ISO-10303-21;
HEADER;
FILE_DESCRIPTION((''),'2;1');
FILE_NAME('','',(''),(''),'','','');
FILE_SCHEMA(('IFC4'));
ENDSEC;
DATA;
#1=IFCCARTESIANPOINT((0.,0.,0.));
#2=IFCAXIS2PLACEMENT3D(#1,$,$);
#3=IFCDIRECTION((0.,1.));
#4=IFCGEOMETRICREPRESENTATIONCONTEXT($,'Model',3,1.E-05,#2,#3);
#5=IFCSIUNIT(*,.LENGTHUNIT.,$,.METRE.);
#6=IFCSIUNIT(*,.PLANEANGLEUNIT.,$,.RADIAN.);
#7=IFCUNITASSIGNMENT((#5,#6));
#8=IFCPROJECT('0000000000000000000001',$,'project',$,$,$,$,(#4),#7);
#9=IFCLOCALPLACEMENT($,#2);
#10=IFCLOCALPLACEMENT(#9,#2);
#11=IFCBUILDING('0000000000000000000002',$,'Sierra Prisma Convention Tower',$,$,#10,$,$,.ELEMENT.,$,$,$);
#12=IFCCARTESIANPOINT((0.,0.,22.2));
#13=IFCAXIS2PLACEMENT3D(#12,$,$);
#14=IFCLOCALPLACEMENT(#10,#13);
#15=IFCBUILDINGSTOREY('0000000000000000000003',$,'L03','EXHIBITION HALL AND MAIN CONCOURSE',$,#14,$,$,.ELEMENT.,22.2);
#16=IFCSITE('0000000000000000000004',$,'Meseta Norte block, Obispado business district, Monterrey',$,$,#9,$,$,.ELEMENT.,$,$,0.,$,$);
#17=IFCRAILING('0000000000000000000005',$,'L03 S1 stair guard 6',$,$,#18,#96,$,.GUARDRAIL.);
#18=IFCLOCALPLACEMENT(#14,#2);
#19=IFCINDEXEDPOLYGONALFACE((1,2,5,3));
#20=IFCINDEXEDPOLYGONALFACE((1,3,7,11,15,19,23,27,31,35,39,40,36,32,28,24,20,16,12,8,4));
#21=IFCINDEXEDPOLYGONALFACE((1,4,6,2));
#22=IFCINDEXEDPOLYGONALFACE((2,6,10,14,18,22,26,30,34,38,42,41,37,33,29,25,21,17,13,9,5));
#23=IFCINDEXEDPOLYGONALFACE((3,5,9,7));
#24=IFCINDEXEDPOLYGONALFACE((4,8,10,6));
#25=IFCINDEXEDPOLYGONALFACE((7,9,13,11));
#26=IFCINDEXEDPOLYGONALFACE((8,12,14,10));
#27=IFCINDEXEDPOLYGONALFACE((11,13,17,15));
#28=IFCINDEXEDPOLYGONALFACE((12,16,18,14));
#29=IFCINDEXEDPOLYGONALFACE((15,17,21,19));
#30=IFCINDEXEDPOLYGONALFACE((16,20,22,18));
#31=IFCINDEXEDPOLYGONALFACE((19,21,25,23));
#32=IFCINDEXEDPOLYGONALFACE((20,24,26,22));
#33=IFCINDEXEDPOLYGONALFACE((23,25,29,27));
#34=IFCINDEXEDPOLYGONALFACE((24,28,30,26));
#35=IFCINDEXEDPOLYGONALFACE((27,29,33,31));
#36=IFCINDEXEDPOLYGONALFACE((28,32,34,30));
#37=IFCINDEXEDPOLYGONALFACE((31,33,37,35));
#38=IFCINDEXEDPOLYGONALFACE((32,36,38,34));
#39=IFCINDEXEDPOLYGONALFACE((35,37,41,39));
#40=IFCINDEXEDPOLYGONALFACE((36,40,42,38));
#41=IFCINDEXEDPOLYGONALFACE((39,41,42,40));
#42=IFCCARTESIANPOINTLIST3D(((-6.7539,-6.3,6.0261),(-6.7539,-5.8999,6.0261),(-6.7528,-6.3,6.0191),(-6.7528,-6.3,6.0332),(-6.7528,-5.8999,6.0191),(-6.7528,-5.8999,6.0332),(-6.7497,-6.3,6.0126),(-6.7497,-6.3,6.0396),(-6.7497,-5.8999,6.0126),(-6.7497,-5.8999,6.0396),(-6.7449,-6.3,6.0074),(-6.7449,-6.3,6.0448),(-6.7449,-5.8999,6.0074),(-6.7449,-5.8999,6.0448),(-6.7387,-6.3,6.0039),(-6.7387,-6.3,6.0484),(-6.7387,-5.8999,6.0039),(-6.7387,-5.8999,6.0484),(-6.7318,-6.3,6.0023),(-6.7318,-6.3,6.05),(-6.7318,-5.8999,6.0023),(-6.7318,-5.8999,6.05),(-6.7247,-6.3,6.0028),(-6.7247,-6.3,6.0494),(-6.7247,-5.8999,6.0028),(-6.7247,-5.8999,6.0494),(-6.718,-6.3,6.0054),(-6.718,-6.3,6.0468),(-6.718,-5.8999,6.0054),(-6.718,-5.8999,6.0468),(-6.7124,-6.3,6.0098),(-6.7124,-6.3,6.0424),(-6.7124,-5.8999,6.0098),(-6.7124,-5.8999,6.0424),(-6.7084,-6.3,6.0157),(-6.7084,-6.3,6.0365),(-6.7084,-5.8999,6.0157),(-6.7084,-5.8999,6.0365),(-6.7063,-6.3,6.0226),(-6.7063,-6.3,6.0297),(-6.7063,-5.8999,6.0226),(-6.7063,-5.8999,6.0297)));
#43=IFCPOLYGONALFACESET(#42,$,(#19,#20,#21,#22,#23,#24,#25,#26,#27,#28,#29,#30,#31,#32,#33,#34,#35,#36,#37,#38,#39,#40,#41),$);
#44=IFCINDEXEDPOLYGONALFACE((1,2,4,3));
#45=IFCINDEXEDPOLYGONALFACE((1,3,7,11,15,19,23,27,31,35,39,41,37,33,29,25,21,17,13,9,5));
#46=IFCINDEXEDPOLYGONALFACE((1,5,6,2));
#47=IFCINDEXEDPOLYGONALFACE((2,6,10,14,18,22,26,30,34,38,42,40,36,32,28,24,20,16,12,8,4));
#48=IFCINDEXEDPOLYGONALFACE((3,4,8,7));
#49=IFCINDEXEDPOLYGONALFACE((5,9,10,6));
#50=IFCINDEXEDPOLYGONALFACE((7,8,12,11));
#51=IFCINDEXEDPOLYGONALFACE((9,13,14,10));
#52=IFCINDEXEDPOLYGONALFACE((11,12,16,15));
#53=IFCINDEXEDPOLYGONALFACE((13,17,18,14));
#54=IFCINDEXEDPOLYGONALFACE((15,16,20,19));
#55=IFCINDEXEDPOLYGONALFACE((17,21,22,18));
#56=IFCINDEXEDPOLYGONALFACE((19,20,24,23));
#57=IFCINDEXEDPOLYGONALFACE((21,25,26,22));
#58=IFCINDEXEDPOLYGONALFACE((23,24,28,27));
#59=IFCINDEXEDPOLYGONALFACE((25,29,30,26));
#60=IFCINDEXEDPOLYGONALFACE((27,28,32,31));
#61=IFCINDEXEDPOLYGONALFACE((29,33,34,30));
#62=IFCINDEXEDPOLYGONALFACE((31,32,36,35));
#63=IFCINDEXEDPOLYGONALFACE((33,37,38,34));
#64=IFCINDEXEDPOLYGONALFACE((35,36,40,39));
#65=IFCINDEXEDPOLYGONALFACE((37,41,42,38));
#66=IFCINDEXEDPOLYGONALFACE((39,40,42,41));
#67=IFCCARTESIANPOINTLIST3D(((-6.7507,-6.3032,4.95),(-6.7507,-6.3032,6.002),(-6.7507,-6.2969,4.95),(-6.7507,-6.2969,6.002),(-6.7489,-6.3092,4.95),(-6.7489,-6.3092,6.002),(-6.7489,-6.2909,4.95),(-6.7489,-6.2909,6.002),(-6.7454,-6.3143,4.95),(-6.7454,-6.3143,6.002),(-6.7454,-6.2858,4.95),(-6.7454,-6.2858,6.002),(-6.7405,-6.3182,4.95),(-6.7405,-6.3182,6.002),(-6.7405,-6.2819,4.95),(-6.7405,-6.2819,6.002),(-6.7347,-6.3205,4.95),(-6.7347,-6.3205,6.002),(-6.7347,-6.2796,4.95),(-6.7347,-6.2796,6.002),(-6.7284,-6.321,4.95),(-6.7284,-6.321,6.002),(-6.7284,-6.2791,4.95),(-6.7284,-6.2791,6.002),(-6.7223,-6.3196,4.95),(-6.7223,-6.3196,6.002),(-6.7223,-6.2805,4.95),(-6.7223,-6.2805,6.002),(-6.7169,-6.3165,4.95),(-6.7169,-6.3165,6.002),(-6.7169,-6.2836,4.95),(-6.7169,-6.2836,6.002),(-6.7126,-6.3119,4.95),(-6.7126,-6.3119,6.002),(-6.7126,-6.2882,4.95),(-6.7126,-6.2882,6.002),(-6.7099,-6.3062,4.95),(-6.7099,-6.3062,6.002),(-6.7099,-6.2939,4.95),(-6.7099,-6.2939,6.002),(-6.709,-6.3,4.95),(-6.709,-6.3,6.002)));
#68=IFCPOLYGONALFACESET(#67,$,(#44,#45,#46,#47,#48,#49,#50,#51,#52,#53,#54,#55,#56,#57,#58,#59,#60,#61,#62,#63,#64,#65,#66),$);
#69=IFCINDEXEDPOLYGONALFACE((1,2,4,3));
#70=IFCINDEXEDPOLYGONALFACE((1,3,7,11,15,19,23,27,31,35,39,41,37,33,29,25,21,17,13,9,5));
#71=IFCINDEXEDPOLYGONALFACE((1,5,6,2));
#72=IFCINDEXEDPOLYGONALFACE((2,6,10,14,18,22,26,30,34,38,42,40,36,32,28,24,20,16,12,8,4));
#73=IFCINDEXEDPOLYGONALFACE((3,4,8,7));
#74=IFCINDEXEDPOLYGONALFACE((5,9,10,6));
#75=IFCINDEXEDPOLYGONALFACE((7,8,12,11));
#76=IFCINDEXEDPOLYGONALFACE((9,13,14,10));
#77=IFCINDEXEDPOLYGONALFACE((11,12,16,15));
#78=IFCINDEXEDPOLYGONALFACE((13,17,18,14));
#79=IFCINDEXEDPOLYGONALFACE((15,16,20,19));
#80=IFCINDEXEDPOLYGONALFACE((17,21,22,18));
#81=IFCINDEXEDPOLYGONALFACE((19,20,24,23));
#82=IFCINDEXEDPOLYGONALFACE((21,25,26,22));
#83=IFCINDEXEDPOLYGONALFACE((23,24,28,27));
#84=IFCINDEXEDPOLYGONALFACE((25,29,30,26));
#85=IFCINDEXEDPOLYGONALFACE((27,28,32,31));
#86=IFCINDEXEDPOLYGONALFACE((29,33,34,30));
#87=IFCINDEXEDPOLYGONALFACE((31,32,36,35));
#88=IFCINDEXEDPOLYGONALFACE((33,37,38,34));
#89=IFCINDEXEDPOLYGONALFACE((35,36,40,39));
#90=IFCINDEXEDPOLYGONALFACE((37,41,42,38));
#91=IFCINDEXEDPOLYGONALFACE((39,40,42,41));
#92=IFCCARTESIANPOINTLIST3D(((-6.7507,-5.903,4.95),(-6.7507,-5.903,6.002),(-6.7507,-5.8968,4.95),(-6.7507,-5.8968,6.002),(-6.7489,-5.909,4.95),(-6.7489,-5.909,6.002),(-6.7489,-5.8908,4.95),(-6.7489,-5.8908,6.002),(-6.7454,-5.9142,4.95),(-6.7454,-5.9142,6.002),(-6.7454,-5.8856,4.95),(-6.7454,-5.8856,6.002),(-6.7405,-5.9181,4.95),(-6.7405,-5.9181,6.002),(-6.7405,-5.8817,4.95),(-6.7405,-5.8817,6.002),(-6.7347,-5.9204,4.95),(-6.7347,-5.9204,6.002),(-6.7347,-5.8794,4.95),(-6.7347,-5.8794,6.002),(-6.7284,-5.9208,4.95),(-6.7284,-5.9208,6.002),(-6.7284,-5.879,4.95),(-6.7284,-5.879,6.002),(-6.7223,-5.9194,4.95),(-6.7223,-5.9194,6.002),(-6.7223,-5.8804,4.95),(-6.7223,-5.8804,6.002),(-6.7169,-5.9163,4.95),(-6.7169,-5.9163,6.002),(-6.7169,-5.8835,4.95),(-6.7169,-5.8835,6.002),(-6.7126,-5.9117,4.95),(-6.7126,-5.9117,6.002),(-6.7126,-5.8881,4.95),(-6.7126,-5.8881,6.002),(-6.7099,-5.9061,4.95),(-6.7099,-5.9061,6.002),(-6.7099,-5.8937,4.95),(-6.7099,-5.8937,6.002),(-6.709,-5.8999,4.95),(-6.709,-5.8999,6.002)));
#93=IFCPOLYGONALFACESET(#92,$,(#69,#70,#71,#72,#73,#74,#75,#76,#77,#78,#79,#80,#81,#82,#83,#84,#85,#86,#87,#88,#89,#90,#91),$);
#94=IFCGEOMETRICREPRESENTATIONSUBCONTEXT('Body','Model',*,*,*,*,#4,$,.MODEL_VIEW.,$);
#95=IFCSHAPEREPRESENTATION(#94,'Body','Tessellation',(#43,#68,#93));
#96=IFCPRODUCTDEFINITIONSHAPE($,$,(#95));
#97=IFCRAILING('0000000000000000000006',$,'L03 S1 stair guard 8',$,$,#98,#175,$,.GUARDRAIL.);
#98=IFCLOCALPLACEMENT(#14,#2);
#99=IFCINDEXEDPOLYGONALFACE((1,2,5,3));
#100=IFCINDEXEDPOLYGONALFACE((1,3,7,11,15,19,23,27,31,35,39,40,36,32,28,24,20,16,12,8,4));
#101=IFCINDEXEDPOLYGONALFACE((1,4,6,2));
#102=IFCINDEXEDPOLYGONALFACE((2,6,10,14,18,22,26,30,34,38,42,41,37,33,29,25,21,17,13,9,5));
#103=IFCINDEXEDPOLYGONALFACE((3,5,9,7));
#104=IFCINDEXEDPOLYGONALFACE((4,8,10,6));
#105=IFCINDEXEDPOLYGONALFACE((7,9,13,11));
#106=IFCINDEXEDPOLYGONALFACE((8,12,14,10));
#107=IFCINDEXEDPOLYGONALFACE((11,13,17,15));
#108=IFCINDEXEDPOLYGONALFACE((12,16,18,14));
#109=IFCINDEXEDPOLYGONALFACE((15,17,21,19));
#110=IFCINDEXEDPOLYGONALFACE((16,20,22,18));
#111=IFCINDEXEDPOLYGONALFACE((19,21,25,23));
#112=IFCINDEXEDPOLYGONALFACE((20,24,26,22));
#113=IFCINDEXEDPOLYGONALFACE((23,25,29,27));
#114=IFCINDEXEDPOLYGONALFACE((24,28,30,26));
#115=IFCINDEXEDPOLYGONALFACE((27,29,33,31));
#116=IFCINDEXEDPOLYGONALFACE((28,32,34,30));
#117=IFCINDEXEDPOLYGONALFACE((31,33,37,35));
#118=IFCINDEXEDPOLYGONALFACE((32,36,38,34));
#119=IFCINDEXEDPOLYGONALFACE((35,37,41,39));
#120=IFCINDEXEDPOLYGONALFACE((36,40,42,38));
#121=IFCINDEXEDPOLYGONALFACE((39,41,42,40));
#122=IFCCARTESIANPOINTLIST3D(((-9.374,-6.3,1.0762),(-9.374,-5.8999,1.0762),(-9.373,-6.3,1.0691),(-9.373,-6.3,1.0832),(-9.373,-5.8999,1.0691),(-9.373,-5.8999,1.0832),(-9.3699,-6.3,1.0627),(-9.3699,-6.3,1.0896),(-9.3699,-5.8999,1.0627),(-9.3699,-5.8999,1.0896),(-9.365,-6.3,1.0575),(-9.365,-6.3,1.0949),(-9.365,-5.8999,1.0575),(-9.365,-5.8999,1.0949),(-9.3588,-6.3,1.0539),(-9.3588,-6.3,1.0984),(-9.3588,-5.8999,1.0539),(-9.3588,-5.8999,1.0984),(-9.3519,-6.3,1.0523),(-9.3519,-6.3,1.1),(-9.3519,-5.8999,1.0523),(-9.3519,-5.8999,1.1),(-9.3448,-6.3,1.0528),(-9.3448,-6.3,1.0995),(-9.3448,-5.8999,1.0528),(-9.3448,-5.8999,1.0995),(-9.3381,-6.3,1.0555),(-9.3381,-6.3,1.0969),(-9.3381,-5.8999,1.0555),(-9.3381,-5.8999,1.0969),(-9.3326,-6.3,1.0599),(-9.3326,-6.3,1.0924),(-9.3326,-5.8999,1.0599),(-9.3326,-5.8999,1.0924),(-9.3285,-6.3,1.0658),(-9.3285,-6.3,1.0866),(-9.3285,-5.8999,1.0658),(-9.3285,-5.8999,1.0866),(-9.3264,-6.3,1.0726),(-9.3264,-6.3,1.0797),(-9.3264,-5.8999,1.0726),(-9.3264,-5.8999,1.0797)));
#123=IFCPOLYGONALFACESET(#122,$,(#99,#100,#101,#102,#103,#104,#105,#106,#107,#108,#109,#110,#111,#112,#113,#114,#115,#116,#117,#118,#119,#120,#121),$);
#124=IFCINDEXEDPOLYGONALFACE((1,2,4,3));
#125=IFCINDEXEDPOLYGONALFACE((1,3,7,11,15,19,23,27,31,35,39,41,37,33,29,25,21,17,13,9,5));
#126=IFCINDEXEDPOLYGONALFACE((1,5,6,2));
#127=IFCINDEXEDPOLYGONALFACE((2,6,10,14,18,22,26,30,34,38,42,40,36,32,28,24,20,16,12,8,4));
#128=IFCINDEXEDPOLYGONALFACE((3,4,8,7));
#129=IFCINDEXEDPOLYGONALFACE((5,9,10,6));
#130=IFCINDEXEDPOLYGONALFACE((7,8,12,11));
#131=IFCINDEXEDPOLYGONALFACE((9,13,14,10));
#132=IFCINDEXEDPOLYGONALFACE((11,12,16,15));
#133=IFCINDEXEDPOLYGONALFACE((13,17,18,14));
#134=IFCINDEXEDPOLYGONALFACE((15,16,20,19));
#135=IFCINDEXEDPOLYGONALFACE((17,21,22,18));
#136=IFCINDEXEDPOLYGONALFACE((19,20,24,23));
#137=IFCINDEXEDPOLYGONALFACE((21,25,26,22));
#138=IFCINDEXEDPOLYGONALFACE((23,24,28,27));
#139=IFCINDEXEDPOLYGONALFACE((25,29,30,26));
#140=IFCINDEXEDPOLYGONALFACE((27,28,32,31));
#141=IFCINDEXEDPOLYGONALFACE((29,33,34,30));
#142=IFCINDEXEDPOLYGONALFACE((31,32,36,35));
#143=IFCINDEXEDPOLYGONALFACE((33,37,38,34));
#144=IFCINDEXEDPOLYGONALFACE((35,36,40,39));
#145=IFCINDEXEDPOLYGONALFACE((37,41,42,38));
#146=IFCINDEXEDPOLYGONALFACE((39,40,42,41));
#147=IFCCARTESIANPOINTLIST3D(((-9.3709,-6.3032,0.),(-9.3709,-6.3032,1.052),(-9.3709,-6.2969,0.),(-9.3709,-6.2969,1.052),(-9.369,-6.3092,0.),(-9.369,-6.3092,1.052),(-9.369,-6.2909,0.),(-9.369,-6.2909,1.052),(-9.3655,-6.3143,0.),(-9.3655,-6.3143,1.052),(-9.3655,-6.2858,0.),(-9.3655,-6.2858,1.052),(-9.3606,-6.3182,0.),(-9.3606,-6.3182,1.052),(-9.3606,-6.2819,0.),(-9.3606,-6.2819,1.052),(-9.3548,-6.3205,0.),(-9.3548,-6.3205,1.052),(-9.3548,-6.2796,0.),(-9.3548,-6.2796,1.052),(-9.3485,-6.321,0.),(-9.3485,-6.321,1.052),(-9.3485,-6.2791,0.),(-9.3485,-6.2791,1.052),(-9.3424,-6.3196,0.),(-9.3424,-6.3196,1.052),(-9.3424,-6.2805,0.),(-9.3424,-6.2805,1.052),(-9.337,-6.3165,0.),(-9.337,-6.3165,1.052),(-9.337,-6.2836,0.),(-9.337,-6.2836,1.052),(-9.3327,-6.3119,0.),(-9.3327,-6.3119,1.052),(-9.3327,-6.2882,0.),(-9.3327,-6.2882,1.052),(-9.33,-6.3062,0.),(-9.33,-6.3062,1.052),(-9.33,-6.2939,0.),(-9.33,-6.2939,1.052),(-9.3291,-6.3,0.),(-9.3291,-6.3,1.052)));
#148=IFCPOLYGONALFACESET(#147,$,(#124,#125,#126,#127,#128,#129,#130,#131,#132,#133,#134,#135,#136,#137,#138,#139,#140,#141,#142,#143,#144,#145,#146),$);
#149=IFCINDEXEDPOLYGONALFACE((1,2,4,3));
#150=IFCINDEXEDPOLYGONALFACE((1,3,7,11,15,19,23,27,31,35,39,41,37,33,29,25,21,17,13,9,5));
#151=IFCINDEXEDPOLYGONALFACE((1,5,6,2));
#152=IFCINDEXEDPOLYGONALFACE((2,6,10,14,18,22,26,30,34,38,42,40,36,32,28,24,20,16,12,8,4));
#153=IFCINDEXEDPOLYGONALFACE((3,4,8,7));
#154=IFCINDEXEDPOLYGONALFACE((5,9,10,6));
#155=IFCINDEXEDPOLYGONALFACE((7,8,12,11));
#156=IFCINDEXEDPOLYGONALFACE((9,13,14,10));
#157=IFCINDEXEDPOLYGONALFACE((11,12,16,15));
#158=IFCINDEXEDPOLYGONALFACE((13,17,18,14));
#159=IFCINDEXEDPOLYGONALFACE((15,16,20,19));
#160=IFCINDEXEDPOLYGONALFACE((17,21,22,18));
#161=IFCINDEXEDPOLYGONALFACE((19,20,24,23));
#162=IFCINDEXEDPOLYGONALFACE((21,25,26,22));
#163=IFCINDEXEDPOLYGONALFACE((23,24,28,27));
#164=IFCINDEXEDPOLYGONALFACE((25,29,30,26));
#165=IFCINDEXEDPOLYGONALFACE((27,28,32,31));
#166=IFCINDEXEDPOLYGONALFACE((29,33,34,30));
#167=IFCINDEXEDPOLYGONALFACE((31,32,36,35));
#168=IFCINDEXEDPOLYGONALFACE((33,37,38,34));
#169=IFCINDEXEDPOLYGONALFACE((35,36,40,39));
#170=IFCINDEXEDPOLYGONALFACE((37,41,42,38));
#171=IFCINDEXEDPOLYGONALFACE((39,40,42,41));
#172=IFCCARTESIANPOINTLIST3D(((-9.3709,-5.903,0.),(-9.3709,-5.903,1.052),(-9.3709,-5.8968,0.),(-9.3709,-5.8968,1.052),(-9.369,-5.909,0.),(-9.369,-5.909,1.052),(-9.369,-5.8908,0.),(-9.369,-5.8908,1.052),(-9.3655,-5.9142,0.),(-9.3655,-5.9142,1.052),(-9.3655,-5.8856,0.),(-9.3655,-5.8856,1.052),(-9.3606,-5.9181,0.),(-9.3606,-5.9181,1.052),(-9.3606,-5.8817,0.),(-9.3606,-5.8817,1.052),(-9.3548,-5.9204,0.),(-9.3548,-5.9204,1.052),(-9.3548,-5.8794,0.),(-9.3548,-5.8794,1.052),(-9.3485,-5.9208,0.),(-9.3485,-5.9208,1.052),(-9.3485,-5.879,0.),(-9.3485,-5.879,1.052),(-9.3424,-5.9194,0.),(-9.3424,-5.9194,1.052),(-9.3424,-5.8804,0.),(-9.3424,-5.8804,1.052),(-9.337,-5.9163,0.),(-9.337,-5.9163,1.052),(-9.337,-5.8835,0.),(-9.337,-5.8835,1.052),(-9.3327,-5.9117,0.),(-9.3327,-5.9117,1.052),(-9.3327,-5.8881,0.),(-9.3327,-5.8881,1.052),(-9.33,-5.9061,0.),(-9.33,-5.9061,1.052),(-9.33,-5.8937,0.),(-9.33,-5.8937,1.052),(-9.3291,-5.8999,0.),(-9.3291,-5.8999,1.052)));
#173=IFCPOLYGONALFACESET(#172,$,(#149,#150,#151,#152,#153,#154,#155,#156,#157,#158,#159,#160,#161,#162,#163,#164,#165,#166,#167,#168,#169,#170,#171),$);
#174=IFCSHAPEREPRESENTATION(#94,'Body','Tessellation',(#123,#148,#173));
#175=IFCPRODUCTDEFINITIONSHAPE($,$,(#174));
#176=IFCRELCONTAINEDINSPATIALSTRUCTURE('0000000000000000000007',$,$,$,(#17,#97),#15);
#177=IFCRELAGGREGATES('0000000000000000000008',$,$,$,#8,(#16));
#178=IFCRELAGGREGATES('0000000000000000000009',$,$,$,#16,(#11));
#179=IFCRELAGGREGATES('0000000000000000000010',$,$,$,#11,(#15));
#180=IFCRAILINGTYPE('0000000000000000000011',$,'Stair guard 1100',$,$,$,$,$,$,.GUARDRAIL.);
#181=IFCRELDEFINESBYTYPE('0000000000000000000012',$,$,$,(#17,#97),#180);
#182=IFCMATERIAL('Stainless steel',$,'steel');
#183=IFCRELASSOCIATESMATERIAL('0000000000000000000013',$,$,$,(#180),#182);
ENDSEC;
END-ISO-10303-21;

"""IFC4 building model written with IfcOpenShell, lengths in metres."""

from ifc_helpers import new_model, si_unit, direction, frame, origin, origin_2d, place, context, subcontext, project, spatial, circle, extrude, material, type_object, element, save


model = new_model("IFC4")

# Units and contexts
model_context = context("Model", 3, precision=1e-05, world=origin(), true_north=direction((0.0, 1.0)))
body_context = subcontext(model_context, "Body", "Model", "MODEL_VIEW")
ifc_project = project(units=[si_unit("LENGTHUNIT", "METRE"), si_unit("PLANEANGLEUNIT", "RADIAN")], contexts=[model_context])

# Site, building, storey
site_placement = place(None, origin())
site = spatial("IfcSite", under=ifc_project, at=site_placement, Name="Meseta Norte block, Obispado business district, Monterrey", CompositionType="ELEMENT", RefElevation=0.0)
building_placement = place(site_placement, origin())
building = spatial("IfcBuilding", under=site, at=building_placement, Name="Sierra Prisma Convention Tower", CompositionType="ELEMENT")
storey_placement = place(building_placement, frame((0.0, 0.0, 22.2)))
storey = spatial("IfcBuildingStorey", under=building, at=storey_placement, Name="L03", Description="EXHIBITION HALL AND MAIN CONCOURSE", CompositionType="ELEMENT", Elevation=22.2)

# Railings
ifc_material_1 = material(Name="Stainless steel", Category="steel")
railing_type_1 = type_object("IfcRailingType", Name="Stair guard 1100", PredefinedType="GUARDRAIL", material=ifc_material_1)
for number, where, name in (
    (1, (-6.73, -6.3, 4.95), "L03 S1 stair guard 6"),
    (2, (-9.3501, -6.3, 0.0), "L03 S1 stair guard 8"),
):
    element("IfcRailing", number, at=place(storey_placement, frame(where)), inside=storey, type_object=railing_type_1, Name=name, PredefinedType="GUARDRAIL", context=body_context, shape_type="SweptSolid", body=[
        extrude(circle(Radius=0.0239, at=origin_2d()), frame((0.0, 0.0, 1.0762), z_axis=(0.0, 1.0, 0.0), x_axis=(-1.0, 0.0, 0.0)), (0.0, 0.0, 1.0), 0.4001),
        extrude(circle(Radius=0.021, at=origin_2d()), origin(), (0.0, 0.0, 1.0), 1.052),
        extrude(circle(Radius=0.021, at=origin_2d()), frame((0.0, 0.4001, 0.0)), (0.0, 0.0, 1.0), 1.052),
    ])

save(model, "model.ifc")
